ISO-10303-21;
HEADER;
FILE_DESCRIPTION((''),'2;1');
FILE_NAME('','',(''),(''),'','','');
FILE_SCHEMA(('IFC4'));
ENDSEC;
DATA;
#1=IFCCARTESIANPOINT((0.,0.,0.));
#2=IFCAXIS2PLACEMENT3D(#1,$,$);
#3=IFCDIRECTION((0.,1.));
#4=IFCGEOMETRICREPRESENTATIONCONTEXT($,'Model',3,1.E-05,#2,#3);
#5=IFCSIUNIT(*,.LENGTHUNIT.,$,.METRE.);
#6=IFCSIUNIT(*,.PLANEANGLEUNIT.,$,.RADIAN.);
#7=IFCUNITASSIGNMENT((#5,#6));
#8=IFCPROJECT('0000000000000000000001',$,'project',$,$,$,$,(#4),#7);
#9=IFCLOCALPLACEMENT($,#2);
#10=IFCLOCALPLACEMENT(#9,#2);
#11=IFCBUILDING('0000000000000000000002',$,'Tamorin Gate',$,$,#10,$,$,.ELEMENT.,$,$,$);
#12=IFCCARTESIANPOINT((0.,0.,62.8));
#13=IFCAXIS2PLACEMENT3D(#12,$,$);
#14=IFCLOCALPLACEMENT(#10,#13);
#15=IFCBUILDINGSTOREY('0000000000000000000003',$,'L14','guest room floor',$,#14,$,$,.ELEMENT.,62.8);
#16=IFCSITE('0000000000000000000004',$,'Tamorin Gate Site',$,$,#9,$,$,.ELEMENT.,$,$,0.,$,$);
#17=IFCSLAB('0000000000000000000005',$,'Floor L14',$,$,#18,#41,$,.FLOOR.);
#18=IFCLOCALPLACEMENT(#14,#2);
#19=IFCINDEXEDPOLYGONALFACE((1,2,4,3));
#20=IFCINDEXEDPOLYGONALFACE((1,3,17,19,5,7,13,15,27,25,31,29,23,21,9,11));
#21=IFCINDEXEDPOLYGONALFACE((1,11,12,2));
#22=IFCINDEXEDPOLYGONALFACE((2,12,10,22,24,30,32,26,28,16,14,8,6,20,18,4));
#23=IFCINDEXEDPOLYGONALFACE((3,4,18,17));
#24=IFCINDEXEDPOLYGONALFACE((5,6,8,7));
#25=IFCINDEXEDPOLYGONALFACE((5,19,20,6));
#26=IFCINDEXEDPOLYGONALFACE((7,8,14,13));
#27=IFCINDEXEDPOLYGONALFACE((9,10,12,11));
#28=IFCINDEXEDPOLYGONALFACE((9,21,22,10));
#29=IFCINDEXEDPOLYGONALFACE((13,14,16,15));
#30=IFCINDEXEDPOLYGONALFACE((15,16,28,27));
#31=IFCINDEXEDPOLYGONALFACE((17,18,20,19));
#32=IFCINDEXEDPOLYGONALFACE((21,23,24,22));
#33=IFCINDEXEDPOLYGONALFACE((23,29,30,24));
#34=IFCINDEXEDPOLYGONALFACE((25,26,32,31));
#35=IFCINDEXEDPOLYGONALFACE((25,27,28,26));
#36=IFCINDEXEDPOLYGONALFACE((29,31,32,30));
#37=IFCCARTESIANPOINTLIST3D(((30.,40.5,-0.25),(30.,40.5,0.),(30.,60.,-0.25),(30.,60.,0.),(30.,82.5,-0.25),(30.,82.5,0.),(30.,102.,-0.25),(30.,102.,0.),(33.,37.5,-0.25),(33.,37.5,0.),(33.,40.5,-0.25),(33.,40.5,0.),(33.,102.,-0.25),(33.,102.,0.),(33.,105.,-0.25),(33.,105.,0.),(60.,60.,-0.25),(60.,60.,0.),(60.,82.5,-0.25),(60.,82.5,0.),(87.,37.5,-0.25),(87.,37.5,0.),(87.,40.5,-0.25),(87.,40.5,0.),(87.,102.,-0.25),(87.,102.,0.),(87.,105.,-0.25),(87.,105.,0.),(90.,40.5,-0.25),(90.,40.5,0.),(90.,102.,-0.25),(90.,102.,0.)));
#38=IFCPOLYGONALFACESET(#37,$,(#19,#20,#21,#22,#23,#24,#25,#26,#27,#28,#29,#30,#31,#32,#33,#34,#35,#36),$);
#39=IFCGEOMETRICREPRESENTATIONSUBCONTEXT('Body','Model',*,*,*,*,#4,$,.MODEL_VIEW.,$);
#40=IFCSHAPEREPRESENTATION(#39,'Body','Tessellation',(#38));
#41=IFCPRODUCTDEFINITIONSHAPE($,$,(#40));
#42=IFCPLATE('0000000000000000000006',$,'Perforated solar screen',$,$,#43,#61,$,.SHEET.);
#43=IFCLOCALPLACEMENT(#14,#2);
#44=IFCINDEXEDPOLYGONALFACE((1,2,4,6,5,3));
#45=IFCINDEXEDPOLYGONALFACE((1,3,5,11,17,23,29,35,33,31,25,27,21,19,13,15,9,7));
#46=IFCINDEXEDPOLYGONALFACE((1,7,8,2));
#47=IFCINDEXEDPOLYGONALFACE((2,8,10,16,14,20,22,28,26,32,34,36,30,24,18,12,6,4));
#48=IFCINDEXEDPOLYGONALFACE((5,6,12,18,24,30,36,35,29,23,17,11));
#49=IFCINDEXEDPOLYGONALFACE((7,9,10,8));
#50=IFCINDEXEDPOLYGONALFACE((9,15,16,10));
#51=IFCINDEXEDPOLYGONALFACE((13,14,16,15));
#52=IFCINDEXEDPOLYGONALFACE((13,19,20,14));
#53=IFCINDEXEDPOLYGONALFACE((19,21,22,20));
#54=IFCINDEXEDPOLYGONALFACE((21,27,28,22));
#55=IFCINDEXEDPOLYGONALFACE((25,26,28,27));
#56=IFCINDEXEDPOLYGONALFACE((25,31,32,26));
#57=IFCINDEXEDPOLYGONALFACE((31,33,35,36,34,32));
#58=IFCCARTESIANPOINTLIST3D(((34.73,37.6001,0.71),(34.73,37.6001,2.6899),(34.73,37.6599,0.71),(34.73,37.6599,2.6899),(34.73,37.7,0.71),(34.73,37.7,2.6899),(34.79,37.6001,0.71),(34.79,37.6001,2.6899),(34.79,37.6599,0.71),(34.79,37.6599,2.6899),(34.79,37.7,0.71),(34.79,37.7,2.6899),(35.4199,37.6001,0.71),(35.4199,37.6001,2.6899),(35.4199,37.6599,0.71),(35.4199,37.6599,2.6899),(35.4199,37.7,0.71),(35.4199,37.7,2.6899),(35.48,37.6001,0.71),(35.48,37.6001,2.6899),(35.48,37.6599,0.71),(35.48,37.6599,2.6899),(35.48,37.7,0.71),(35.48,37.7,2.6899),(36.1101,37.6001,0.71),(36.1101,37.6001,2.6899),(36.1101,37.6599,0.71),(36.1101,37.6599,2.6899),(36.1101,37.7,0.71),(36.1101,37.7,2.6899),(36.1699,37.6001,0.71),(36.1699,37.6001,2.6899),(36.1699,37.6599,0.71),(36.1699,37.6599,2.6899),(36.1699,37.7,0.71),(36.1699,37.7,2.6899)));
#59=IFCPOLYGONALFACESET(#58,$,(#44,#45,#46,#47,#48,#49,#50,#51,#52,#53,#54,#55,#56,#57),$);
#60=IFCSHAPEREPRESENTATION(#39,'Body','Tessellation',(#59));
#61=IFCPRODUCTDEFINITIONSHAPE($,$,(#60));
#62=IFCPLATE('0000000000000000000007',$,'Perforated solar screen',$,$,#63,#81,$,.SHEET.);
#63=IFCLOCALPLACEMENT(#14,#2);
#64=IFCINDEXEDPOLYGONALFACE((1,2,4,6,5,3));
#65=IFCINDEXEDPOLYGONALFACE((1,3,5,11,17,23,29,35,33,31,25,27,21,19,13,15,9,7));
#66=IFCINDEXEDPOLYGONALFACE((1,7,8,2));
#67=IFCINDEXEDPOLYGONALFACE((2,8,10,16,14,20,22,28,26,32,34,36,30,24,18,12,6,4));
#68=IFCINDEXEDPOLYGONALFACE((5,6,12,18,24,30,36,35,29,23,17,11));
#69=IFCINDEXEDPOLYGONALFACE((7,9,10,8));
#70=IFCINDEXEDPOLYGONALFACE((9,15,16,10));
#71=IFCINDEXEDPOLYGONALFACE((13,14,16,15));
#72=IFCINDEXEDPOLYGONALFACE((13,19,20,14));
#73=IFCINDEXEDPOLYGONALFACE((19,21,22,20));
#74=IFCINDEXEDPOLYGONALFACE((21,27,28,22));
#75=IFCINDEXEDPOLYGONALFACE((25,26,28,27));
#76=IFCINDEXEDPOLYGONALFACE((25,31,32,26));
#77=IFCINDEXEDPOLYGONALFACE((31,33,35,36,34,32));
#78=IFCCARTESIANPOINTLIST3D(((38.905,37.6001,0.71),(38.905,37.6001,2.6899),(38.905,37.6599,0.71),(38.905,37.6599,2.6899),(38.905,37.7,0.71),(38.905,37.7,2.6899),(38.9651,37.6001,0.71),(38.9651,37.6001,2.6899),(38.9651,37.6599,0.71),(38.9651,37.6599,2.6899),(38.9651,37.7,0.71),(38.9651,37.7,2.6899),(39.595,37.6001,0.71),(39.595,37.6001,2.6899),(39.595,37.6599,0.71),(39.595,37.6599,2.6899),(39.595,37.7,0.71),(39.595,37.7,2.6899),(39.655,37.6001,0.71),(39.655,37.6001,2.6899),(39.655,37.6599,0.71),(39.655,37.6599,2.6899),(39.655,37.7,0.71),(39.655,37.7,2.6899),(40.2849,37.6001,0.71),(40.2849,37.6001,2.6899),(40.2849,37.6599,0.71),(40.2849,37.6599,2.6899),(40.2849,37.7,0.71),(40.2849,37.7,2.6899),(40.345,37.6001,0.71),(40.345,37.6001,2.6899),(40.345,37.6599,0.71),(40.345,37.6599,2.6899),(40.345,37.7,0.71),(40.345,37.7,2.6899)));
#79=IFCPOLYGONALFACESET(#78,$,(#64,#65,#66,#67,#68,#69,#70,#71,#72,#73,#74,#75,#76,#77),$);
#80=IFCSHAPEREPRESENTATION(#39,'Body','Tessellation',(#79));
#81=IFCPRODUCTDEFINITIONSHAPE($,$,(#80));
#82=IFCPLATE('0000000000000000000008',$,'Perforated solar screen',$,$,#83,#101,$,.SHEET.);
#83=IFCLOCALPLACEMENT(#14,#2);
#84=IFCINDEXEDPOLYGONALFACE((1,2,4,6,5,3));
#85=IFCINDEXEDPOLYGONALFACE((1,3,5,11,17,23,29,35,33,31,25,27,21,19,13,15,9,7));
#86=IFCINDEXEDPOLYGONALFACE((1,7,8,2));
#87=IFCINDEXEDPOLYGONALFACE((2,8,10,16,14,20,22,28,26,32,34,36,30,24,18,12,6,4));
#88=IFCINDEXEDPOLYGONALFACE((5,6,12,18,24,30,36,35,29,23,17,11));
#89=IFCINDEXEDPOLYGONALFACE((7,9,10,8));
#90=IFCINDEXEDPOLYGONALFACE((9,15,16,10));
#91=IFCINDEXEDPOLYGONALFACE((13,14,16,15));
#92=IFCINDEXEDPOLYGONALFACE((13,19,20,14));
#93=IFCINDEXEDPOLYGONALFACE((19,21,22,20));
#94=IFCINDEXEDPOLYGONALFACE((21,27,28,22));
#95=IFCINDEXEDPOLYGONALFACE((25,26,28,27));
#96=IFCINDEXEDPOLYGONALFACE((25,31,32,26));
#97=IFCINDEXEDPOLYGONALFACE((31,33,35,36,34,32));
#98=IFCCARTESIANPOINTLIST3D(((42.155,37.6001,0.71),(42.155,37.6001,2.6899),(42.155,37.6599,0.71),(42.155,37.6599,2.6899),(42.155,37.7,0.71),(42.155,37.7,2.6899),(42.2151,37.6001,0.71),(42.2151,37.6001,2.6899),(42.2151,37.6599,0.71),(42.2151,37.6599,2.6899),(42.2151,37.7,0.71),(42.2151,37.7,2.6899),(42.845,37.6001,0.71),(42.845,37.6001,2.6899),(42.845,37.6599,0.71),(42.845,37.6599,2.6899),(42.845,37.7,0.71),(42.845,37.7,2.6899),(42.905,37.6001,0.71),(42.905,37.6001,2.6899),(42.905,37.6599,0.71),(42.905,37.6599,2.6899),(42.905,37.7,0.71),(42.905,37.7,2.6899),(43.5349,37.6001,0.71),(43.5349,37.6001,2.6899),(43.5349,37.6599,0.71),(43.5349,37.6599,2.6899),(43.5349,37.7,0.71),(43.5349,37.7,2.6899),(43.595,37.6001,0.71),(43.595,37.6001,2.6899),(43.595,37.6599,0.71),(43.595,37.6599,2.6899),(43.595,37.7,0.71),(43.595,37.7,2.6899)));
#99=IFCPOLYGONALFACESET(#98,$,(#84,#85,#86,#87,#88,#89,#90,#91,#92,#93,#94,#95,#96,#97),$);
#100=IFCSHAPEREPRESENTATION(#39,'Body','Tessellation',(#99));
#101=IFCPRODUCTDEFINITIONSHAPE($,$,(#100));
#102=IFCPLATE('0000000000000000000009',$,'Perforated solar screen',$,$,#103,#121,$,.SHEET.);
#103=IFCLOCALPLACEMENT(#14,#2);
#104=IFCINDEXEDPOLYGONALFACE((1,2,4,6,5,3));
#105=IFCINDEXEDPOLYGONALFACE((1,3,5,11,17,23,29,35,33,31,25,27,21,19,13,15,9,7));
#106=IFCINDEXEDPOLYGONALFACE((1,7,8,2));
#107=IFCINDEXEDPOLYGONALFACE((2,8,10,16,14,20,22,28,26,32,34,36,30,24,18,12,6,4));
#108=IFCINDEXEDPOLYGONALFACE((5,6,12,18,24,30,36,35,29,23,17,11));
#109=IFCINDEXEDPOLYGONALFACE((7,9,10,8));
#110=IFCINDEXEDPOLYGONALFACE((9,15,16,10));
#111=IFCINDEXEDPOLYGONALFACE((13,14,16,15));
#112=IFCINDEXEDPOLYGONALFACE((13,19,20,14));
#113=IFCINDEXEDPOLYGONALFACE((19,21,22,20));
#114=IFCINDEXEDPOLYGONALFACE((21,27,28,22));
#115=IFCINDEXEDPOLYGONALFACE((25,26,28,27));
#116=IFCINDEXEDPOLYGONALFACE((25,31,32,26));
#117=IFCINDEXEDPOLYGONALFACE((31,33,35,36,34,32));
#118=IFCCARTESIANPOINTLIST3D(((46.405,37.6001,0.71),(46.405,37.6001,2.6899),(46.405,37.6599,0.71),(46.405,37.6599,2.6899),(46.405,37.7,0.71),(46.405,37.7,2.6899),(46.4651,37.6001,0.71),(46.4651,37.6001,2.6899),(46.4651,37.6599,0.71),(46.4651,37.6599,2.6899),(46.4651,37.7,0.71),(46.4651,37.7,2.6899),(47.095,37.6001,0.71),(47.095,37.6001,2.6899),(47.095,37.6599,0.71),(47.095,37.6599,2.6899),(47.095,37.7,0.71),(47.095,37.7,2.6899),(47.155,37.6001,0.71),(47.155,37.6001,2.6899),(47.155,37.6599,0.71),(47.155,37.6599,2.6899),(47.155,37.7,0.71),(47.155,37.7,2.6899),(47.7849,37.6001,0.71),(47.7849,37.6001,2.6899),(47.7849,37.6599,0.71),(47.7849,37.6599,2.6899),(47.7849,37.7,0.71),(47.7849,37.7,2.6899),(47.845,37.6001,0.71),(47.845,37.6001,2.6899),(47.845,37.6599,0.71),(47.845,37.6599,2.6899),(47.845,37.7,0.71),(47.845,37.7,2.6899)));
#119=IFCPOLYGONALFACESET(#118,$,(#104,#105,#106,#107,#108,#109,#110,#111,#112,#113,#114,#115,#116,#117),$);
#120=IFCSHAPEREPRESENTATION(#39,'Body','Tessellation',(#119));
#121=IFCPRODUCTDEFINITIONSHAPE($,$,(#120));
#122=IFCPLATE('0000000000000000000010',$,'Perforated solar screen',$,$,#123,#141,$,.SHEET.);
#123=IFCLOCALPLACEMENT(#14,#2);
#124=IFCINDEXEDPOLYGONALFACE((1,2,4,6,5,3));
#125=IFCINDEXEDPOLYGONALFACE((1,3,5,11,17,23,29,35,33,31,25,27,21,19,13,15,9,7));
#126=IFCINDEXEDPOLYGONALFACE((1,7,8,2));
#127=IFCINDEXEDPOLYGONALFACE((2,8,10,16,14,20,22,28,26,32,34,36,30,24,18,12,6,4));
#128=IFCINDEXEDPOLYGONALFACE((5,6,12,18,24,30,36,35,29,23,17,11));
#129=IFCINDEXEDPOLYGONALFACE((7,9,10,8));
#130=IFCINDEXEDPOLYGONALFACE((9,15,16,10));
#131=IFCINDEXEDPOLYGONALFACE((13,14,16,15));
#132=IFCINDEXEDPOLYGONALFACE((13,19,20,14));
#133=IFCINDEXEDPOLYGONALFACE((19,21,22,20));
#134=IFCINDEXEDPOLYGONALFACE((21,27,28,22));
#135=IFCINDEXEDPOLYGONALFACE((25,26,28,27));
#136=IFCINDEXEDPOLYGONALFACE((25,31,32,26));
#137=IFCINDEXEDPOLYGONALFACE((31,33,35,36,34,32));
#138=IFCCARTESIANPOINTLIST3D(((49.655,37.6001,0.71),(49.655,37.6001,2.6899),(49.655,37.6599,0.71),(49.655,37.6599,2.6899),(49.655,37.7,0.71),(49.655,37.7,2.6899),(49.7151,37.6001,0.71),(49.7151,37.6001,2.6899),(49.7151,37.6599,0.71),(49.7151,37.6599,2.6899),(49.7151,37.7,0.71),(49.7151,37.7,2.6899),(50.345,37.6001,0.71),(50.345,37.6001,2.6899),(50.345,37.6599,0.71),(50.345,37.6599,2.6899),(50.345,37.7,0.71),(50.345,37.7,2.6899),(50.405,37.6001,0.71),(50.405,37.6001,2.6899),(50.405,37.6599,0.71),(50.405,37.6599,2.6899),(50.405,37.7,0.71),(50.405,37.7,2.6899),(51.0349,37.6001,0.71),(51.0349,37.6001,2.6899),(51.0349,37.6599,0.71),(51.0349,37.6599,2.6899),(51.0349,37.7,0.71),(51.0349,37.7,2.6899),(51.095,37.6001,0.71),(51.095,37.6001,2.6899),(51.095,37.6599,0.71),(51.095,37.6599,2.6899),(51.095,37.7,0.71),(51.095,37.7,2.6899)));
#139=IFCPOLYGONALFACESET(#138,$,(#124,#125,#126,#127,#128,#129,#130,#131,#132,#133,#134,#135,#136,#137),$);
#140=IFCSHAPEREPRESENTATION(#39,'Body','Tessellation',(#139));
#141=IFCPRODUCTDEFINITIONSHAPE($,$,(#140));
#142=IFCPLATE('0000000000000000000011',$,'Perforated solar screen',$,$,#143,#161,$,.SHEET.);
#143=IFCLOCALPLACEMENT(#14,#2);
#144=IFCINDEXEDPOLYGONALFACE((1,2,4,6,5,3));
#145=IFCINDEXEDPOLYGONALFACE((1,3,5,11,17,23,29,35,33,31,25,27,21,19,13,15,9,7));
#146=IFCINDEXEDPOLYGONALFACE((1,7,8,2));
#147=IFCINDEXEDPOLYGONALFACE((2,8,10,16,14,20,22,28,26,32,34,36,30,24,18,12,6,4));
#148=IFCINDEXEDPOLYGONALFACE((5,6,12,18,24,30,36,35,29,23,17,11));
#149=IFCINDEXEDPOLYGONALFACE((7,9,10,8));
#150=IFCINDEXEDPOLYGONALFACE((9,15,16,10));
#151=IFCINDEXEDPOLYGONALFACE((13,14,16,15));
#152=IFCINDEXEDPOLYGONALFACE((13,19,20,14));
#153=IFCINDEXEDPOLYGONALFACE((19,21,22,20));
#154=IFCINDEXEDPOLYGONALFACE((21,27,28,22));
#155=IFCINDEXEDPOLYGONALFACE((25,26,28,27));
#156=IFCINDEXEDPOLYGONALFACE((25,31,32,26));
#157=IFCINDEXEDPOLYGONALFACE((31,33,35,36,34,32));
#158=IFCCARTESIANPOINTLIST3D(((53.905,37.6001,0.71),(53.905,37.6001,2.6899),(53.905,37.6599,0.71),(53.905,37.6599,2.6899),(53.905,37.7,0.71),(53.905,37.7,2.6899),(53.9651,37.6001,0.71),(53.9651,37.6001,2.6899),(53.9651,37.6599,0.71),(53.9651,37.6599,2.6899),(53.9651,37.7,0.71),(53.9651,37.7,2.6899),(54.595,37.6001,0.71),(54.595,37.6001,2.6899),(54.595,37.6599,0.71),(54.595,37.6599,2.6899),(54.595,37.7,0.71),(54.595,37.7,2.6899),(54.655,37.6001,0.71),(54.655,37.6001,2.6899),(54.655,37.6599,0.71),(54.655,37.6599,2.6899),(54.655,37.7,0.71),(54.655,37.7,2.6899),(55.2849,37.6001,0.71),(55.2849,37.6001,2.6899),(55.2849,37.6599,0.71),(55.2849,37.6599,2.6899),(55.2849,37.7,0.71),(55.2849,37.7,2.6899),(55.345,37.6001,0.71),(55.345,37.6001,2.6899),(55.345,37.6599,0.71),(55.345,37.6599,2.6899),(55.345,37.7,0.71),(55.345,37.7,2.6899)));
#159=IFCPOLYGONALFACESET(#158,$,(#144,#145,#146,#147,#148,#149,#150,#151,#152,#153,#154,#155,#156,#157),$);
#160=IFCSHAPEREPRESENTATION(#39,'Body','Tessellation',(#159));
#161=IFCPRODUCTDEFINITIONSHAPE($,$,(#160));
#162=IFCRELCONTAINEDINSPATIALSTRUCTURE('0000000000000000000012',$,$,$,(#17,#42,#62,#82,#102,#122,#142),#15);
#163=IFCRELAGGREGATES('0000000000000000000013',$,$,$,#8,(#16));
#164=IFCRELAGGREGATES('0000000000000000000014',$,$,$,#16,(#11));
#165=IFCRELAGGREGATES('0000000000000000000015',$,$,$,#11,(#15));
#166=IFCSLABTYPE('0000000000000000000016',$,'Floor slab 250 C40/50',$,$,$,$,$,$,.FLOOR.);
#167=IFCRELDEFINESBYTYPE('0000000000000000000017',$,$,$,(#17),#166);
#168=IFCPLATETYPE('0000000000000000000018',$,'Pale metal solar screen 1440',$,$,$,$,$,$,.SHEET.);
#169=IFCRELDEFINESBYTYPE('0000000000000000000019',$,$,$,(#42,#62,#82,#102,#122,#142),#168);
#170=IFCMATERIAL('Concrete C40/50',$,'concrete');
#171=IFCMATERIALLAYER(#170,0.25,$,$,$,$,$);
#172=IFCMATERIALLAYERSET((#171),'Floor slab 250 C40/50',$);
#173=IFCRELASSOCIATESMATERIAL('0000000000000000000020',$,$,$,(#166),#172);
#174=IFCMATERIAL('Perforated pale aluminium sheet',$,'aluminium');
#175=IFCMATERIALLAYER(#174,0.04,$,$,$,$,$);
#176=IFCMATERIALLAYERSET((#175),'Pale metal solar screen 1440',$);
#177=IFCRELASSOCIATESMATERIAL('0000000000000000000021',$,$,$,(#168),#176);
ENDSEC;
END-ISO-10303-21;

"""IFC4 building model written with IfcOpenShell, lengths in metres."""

from ifc_helpers import new_model, si_unit, direction, frame, origin, place, context, subcontext, project, spatial, polyline, outline, extrude, material, layer, layer_set, type_object, element, save


model = new_model("IFC4")

# Units and contexts
model_context = context("Model", 3, precision=1e-05, world=origin(), true_north=direction((0.0, 1.0)))
body_context = subcontext(model_context, "Body", "Model", "MODEL_VIEW")
ifc_project = project(units=[si_unit("LENGTHUNIT", "METRE"), si_unit("PLANEANGLEUNIT", "RADIAN")], contexts=[model_context])

# Site, building, storey
site_placement = place(None, origin())
site = spatial("IfcSite", under=ifc_project, at=site_placement, Name="Tamorin Gate Site", CompositionType="ELEMENT", RefElevation=0.0)
building_placement = place(site_placement, origin())
building = spatial("IfcBuilding", under=site, at=building_placement, Name="Tamorin Gate", CompositionType="ELEMENT")
storey_placement = place(building_placement, frame((0.0, 0.0, 62.8)))
storey = spatial("IfcBuildingStorey", under=building, at=storey_placement, Name="L14", Description="guest room floor", CompositionType="ELEMENT", Elevation=62.8)

# Slab
ifc_material_1 = material(Name="Concrete C40/50", Category="concrete")
ifc_layer_1 = layer(ifc_material_1, 0.25)
ifc_layer_set_1 = layer_set([ifc_layer_1], Name="Floor slab 250 C40/50")
slab_type = type_object("IfcSlabType", Name="Floor slab 250 C40/50", PredefinedType="FLOOR", material=ifc_layer_set_1)
slab_placement = place(storey_placement, frame((0.0, 0.0, -0.25)))
element("IfcSlab", 1, at=slab_placement, inside=storey, type_object=slab_type, Name="Floor L14", PredefinedType="FLOOR", context=body_context, shape_type="SweptSolid", body=[
    extrude(outline(polyline([(30.0, 102.0), (33.0, 102.0), (33.0, 105.0), (87.0, 105.0), (87.0, 102.0), (90.0, 102.0), (90.0, 40.5), (87.0, 40.5), (87.0, 37.5), (33.0, 37.5), (33.0, 40.5), (30.0, 40.5), (30.0, 60.0), (60.0, 60.0), (60.0, 82.5), (30.0, 82.5), (30.0, 102.0)])), origin(), (0.0, 0.0, 1.0), 0.25),
])

# Plates
ifc_material_2 = material(Name="Perforated pale aluminium sheet", Category="aluminium")
ifc_layer_2 = layer(ifc_material_2, 0.04)
ifc_layer_set_2 = layer_set([ifc_layer_2], Name="Pale metal solar screen 1440")
plate_type = type_object("IfcPlateType", Name="Pale metal solar screen 1440", PredefinedType="SHEET", material=ifc_layer_set_2)
plate_1_placement = place(storey_placement, frame((0.0, 0.0, 0.71)))
element("IfcPlate", 2, at=plate_1_placement, inside=storey, type_object=plate_type, Name="Perforated solar screen", PredefinedType="SHEET", context=body_context, shape_type="SweptSolid", body=[
    extrude(outline(polyline([(34.73, 37.6599), (34.73, 37.7), (34.79, 37.7), (35.4199, 37.7), (35.48, 37.7), (36.1101, 37.7), (36.1699, 37.7), (36.1699, 37.6599), (36.1699, 37.6001), (36.1101, 37.6001), (36.1101, 37.6599), (35.48, 37.6599), (35.48, 37.6001), (35.4199, 37.6001), (35.4199, 37.6599), (34.79, 37.6599), (34.79, 37.6001), (34.73, 37.6001), (34.73, 37.6599)])), origin(), (0.0, 0.0, 1.0), 1.98),
])
plate_2_placement = place(storey_placement, frame((0.0, 0.0, 0.71)))
element("IfcPlate", 3, at=plate_2_placement, inside=storey, type_object=plate_type, Name="Perforated solar screen", PredefinedType="SHEET", context=body_context, shape_type="SweptSolid", body=[
    extrude(outline(polyline([(38.905, 37.6599), (38.905, 37.7), (38.9651, 37.7), (39.595, 37.7), (39.655, 37.7), (40.2849, 37.7), (40.345, 37.7), (40.345, 37.7), (40.345, 37.6599), (40.345, 37.6599), (40.345, 37.6001), (40.2849, 37.6001), (40.2849, 37.6599), (39.655, 37.6599), (39.655, 37.6001), (39.595, 37.6001), (39.595, 37.6599), (38.9651, 37.6599), (38.9651, 37.6001), (38.905, 37.6001), (38.905, 37.6599)])), origin(), (0.0, 0.0, 1.0), 1.98),
])
plate_3_placement = place(storey_placement, frame((0.0, 0.0, 0.71)))
element("IfcPlate", 4, at=plate_3_placement, inside=storey, type_object=plate_type, Name="Perforated solar screen", PredefinedType="SHEET", context=body_context, shape_type="SweptSolid", body=[
    extrude(outline(polyline([(42.155, 37.6599), (42.155, 37.7), (42.2151, 37.7), (42.845, 37.7), (42.905, 37.7), (43.5349, 37.7), (43.595, 37.7), (43.595, 37.6599), (43.595, 37.6001), (43.5349, 37.6001), (43.5349, 37.6599), (42.905, 37.6599), (42.905, 37.6001), (42.845, 37.6001), (42.845, 37.6599), (42.2151, 37.6599), (42.2151, 37.6001), (42.155, 37.6001), (42.155, 37.6599)])), origin(), (0.0, 0.0, 1.0), 1.98),
])
plate_4_placement = place(storey_placement, frame((0.0, 0.0, 0.71)))
element("IfcPlate", 5, at=plate_4_placement, inside=storey, type_object=plate_type, Name="Perforated solar screen", PredefinedType="SHEET", context=body_context, shape_type="SweptSolid", body=[
    extrude(outline(polyline([(46.405, 37.6599), (46.405, 37.7), (46.4651, 37.7), (47.095, 37.7), (47.155, 37.7), (47.7849, 37.7), (47.845, 37.7), (47.845, 37.6599), (47.845, 37.6001), (47.7849, 37.6001), (47.7849, 37.6599), (47.155, 37.6599), (47.155, 37.6001), (47.095, 37.6001), (47.095, 37.6599), (46.4651, 37.6599), (46.4651, 37.6001), (46.405, 37.6001), (46.405, 37.6599)])), origin(), (0.0, 0.0, 1.0), 1.98),
])
plate_5_placement = place(storey_placement, frame((0.0, 0.0, 0.71)))
element("IfcPlate", 6, at=plate_5_placement, inside=storey, type_object=plate_type, Name="Perforated solar screen", PredefinedType="SHEET", context=body_context, shape_type="SweptSolid", body=[
    extrude(outline(polyline([(49.655, 37.6599), (49.655, 37.7), (49.7151, 37.7), (50.345, 37.7), (50.405, 37.7), (51.0349, 37.7), (51.095, 37.7), (51.095, 37.6599), (51.095, 37.6001), (51.0349, 37.6001), (51.0349, 37.6599), (50.405, 37.6599), (50.405, 37.6001), (50.345, 37.6001), (50.345, 37.6599), (49.7151, 37.6599), (49.7151, 37.6001), (49.655, 37.6001), (49.655, 37.6599)])), origin(), (0.0, 0.0, 1.0), 1.98),
])
plate_6_placement = place(storey_placement, frame((0.0, 0.0, 0.71)))
element("IfcPlate", 7, at=plate_6_placement, inside=storey, type_object=plate_type, Name="Perforated solar screen", PredefinedType="SHEET", context=body_context, shape_type="SweptSolid", body=[
    extrude(outline(polyline([(53.905, 37.6599), (53.905, 37.7), (53.9651, 37.7), (54.595, 37.7), (54.655, 37.7), (55.2849, 37.7), (55.345, 37.7), (55.345, 37.6599), (55.345, 37.6001), (55.2849, 37.6001), (55.2849, 37.6599), (54.655, 37.6599), (54.655, 37.6001), (54.595, 37.6001), (54.595, 37.6599), (53.9651, 37.6599), (53.9651, 37.6001), (53.905, 37.6001), (53.905, 37.6599)])), origin(), (0.0, 0.0, 1.0), 1.98),
])

save(model, "model.ifc")
